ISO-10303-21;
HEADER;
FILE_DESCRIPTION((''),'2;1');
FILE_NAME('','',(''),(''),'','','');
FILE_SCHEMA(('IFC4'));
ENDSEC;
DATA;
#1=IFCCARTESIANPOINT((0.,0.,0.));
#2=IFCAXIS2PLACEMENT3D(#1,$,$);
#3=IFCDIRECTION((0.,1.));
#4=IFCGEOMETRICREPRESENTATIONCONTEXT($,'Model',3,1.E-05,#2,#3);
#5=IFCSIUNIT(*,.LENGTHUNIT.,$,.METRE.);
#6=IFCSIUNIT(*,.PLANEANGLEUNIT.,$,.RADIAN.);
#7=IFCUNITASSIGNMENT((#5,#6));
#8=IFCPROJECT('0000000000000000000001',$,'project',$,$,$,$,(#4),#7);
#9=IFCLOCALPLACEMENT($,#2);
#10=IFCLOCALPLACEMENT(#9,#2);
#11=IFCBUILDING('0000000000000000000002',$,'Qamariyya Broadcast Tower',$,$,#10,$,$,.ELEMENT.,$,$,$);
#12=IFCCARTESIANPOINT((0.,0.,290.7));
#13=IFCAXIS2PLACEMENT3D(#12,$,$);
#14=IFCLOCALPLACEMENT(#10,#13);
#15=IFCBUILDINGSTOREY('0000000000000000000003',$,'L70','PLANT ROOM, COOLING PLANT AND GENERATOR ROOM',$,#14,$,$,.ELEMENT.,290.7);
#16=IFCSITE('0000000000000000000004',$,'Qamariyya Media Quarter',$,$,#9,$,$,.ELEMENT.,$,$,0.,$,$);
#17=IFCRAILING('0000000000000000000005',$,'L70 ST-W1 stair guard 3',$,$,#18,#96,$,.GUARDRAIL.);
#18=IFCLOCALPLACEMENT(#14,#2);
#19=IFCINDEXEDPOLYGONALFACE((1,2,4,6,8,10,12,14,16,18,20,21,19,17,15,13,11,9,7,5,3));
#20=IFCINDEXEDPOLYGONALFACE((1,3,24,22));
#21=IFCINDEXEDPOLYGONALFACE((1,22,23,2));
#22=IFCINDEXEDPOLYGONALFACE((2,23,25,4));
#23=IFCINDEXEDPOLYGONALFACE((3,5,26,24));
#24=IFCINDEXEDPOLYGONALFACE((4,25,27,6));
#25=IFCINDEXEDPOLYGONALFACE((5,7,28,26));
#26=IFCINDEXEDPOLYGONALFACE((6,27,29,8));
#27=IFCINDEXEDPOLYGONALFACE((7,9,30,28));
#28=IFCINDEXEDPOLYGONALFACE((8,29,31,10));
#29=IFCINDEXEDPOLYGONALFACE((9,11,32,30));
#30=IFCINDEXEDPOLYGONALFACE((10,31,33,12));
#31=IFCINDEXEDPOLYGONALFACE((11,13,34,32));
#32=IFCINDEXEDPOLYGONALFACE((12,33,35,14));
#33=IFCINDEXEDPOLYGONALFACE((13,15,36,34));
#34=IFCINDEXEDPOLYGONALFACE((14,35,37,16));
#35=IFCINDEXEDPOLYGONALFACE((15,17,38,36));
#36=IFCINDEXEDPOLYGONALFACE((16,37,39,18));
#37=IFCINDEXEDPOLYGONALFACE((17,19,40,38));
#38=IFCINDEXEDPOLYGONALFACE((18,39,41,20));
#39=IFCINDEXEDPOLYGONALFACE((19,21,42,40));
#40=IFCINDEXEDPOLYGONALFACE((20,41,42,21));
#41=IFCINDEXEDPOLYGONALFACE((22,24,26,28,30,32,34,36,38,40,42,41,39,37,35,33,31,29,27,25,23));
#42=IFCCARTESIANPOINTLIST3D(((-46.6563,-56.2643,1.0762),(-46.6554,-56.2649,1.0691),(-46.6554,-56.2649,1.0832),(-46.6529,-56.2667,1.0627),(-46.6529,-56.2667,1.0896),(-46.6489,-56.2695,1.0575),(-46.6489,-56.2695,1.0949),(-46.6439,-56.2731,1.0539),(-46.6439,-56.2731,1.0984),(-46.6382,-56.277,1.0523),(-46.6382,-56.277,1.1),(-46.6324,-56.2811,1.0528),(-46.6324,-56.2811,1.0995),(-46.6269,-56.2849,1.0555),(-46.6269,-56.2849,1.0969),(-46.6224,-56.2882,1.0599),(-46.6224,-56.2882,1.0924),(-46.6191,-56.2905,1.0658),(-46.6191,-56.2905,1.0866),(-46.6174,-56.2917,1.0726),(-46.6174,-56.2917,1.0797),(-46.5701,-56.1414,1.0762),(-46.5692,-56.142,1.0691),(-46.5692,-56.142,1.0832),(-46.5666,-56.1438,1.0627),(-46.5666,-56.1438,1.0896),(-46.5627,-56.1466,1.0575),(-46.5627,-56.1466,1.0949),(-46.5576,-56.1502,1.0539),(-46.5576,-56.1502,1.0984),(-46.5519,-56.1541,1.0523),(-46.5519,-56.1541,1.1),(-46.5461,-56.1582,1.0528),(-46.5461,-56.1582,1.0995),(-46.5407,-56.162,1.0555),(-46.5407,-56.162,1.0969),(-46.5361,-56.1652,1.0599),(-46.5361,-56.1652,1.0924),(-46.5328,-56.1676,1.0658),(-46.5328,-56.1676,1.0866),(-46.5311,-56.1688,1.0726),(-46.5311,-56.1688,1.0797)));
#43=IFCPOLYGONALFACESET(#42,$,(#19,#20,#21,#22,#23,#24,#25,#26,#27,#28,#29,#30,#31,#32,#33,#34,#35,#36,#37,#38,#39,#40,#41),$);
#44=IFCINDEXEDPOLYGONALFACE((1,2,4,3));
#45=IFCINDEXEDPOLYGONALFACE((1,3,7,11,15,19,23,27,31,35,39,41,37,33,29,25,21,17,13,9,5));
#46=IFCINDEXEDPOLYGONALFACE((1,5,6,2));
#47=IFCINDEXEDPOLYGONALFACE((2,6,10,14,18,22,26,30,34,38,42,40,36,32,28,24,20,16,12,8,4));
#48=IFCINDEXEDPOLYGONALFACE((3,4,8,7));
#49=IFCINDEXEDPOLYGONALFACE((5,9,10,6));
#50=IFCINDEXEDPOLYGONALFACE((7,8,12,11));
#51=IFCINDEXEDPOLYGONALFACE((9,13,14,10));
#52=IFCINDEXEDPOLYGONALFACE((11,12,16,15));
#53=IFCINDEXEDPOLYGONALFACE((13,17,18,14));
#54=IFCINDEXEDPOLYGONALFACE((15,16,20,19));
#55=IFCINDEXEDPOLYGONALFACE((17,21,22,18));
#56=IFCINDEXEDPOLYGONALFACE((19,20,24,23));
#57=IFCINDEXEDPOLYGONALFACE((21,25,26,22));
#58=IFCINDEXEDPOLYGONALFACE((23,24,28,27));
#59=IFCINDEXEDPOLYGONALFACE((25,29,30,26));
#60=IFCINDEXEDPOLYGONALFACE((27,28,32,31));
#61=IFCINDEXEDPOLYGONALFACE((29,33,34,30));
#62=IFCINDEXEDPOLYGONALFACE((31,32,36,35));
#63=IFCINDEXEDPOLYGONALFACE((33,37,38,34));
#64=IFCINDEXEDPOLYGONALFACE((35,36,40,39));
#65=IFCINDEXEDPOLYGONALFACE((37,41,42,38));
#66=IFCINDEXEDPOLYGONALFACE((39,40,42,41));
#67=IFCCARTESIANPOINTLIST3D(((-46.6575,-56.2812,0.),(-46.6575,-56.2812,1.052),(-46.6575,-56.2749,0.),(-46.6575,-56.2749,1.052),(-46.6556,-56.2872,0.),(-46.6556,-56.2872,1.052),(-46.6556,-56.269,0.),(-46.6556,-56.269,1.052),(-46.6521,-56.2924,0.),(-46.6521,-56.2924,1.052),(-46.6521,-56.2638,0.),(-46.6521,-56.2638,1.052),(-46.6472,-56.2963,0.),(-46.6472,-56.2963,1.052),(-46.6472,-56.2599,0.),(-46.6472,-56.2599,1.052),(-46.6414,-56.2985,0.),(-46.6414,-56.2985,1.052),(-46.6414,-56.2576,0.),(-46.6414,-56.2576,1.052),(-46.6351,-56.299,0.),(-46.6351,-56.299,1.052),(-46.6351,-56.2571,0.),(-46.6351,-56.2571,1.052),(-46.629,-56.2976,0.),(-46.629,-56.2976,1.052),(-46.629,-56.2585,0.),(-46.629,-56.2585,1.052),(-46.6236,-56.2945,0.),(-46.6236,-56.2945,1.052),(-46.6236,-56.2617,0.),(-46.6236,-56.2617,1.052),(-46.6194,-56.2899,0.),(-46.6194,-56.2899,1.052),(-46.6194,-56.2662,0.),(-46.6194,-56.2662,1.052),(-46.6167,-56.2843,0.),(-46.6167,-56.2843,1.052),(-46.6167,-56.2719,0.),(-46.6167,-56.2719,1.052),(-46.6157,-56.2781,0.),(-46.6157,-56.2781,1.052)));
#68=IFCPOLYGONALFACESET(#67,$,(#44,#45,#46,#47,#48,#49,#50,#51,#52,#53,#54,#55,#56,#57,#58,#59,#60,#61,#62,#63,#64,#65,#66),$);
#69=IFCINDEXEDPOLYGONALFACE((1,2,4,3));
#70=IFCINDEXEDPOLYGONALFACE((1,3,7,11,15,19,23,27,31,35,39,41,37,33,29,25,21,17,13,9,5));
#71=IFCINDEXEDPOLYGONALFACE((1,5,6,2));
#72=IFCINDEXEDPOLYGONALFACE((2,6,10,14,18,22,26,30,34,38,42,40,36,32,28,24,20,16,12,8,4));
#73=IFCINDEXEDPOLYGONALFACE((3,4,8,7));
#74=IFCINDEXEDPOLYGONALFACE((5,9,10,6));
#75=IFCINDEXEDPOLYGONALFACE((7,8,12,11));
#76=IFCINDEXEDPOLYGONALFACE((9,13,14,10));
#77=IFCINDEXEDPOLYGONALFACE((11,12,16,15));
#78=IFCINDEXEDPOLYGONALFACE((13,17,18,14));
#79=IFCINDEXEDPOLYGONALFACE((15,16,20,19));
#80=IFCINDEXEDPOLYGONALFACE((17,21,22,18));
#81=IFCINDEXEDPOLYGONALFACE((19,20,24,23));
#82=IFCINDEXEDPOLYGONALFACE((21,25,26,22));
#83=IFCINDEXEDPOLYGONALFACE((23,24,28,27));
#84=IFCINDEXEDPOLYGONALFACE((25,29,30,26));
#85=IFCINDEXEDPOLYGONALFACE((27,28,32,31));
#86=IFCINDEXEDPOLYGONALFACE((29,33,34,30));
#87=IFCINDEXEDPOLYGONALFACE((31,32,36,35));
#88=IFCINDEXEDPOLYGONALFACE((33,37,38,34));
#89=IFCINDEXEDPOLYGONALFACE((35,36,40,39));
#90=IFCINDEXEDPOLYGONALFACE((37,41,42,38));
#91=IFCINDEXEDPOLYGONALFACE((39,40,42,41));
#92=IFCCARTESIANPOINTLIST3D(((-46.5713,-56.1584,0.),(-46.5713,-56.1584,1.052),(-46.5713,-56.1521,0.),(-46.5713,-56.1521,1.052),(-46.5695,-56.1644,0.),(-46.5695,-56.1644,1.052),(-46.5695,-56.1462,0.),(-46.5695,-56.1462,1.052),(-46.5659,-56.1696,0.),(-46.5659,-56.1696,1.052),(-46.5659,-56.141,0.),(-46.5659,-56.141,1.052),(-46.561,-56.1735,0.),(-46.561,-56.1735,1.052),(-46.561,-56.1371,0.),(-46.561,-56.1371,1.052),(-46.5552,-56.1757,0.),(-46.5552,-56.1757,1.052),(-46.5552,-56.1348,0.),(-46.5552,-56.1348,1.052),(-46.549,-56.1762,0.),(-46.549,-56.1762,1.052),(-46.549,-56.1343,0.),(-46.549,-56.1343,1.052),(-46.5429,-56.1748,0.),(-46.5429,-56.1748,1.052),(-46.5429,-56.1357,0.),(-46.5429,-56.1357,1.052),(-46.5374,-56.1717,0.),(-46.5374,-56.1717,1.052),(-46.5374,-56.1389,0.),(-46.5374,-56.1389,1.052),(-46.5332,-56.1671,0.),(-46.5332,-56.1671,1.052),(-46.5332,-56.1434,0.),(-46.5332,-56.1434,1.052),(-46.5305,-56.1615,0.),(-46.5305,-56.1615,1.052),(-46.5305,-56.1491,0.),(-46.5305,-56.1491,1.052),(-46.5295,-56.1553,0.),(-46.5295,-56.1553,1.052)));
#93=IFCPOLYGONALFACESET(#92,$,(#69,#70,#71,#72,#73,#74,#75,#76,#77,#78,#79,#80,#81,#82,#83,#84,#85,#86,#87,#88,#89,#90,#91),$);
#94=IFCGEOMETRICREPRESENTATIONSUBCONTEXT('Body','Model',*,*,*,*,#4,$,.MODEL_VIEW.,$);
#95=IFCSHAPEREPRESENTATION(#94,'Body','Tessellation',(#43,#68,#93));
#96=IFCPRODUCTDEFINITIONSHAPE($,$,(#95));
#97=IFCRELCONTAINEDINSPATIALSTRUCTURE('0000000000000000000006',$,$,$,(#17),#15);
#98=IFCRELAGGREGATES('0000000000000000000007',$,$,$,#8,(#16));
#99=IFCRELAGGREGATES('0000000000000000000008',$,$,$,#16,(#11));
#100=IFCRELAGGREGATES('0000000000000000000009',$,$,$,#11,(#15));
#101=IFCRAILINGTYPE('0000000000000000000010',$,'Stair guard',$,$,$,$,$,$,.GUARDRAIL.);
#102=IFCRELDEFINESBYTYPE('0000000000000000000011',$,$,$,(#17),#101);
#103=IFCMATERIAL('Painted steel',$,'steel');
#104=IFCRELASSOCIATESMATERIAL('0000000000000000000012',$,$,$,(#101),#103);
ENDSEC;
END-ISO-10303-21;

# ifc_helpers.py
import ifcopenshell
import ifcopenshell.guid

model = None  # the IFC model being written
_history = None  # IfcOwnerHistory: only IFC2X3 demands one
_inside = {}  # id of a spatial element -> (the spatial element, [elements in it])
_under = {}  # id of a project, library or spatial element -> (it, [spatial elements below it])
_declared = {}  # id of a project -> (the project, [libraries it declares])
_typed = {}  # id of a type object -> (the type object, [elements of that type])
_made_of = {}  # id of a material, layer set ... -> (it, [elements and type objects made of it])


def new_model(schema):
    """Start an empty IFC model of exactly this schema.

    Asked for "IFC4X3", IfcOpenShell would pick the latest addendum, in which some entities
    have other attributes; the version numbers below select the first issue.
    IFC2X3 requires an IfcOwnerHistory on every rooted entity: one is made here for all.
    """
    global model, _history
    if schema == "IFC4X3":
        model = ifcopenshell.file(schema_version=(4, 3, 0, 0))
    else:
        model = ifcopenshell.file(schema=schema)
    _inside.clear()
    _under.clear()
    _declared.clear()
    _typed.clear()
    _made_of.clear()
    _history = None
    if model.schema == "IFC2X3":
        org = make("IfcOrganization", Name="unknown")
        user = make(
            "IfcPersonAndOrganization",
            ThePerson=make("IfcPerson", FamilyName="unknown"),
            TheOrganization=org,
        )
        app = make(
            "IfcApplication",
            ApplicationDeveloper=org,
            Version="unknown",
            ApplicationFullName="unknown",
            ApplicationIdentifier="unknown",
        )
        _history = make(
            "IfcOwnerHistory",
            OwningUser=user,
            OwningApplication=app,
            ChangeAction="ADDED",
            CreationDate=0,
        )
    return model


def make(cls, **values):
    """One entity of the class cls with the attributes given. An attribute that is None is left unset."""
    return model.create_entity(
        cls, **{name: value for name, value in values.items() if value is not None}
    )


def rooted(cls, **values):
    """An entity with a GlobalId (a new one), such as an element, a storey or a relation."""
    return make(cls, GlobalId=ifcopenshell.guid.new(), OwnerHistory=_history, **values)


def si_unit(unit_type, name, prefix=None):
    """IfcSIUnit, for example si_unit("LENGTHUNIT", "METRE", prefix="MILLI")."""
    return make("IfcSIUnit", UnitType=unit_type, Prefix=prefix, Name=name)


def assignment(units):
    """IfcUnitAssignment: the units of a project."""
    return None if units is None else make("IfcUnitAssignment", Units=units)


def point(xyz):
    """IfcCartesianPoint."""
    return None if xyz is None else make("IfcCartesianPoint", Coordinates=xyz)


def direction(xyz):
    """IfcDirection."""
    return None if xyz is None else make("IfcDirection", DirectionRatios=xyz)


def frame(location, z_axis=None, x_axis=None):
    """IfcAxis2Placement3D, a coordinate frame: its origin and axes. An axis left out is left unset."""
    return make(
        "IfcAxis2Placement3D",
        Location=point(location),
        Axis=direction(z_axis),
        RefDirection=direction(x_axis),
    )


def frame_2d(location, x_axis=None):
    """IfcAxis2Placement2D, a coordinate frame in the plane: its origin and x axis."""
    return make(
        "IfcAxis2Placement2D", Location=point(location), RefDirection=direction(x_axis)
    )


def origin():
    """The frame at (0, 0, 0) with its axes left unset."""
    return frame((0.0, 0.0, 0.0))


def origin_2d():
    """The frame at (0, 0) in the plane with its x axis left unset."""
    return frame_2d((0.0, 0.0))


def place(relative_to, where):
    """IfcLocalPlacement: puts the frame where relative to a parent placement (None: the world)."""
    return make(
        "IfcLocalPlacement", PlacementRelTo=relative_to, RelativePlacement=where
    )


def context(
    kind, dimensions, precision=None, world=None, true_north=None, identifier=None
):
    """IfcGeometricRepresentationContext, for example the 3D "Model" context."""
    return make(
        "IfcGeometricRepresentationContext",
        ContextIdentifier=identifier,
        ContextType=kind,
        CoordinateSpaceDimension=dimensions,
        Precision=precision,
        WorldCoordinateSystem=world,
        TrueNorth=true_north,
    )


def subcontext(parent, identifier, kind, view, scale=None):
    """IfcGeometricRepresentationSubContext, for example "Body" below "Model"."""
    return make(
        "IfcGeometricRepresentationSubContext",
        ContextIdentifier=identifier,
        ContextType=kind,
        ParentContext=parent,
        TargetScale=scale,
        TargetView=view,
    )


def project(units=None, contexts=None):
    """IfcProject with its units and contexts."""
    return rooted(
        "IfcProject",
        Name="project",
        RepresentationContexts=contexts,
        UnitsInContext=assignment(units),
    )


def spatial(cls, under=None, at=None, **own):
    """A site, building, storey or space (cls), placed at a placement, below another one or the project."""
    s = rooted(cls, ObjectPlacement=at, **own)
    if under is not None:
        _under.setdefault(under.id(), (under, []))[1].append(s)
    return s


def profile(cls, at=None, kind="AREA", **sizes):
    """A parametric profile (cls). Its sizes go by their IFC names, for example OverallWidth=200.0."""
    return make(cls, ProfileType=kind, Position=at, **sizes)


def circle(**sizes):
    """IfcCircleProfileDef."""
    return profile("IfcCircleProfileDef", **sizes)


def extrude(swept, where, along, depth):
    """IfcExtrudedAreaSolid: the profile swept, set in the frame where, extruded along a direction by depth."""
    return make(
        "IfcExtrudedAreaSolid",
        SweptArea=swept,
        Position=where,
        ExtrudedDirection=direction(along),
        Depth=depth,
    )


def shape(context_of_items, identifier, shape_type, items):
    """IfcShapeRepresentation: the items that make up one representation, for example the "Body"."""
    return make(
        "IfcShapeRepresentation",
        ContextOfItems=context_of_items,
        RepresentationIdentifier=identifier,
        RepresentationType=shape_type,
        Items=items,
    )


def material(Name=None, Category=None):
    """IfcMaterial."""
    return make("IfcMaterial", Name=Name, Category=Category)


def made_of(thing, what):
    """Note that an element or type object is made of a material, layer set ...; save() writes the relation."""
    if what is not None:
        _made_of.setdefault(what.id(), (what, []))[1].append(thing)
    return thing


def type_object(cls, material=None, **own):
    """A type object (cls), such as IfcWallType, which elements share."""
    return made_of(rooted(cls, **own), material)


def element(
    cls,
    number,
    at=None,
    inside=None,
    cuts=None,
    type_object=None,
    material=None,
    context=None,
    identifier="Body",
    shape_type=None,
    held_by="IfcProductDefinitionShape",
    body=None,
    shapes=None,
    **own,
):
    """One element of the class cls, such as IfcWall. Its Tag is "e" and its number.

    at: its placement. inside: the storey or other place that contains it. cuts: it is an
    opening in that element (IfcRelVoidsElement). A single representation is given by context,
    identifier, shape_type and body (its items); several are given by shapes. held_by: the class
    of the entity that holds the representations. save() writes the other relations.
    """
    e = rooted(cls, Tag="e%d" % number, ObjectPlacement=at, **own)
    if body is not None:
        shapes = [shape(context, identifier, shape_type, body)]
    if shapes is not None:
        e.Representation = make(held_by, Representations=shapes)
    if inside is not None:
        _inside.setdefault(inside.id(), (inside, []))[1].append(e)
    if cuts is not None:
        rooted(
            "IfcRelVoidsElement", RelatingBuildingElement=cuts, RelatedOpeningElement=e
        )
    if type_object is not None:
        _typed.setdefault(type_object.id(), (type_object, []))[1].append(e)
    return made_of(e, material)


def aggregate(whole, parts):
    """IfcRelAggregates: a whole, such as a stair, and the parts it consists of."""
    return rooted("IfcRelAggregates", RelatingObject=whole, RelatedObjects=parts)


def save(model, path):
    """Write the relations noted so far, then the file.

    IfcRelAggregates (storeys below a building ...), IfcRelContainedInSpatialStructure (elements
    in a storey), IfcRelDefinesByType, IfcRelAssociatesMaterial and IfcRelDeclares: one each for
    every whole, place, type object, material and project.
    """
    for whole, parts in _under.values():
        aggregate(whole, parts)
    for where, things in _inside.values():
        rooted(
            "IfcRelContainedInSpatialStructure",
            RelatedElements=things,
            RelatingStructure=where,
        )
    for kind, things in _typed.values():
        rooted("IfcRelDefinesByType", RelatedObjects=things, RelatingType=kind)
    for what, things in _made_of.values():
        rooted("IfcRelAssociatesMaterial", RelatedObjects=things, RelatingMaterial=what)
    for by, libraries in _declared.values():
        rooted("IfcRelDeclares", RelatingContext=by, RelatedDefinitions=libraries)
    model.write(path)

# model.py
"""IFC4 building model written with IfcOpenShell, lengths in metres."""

from ifc_helpers import new_model, si_unit, direction, frame, origin, origin_2d, place, context, subcontext, project, spatial, circle, extrude, material, type_object, element, save


model = new_model("IFC4")

# Units and contexts
model_context = context("Model", 3, precision=1e-05, world=origin(), true_north=direction((0.0, 1.0)))
body_context = subcontext(model_context, "Body", "Model", "MODEL_VIEW")
ifc_project = project(units=[si_unit("LENGTHUNIT", "METRE"), si_unit("PLANEANGLEUNIT", "RADIAN")], contexts=[model_context])

# Site, building, storey
site_placement = place(None, origin())
site = spatial("IfcSite", under=ifc_project, at=site_placement, Name="Qamariyya Media Quarter", CompositionType="ELEMENT", RefElevation=0.0)
building_placement = place(site_placement, origin())
building = spatial("IfcBuilding", under=site, at=building_placement, Name="Qamariyya Broadcast Tower", CompositionType="ELEMENT")
storey_placement = place(building_placement, frame((0.0, 0.0, 290.7)))
storey = spatial("IfcBuildingStorey", under=building, at=storey_placement, Name="L70", Description="PLANT ROOM, COOLING PLANT AND GENERATOR ROOM", CompositionType="ELEMENT", Elevation=290.7)

# Railing
ifc_material_1 = material(Name="Painted steel", Category="steel")
railing_type_1 = type_object("IfcRailingType", Name="Stair guard", PredefinedType="GUARDRAIL", material=ifc_material_1)
railing_1_placement = place(storey_placement, frame((-46.6367, -56.2781, 0.0)))
element("IfcRailing", 1, at=railing_1_placement, inside=storey, type_object=railing_type_1, Name="L70 ST-W1 stair guard 3", PredefinedType="GUARDRAIL", context=body_context, shape_type="SweptSolid", body=[
    extrude(circle(Radius=0.0239, at=origin_2d()), frame((0.0, 0.0, 1.0762), z_axis=(0.574445, 0.818543, 0.0), x_axis=(-0.818543, 0.574445, 0.0)), (0.0, 0.0, 1.0), 0.1501),
    extrude(circle(Radius=0.021, at=origin_2d()), origin(), (0.0, 0.0, 1.0), 1.052),
    extrude(circle(Radius=0.021, at=origin_2d()), frame((0.0862, 0.1228, 0.0)), (0.0, 0.0, 1.0), 1.052),
])

save(model, "model.ifc")
